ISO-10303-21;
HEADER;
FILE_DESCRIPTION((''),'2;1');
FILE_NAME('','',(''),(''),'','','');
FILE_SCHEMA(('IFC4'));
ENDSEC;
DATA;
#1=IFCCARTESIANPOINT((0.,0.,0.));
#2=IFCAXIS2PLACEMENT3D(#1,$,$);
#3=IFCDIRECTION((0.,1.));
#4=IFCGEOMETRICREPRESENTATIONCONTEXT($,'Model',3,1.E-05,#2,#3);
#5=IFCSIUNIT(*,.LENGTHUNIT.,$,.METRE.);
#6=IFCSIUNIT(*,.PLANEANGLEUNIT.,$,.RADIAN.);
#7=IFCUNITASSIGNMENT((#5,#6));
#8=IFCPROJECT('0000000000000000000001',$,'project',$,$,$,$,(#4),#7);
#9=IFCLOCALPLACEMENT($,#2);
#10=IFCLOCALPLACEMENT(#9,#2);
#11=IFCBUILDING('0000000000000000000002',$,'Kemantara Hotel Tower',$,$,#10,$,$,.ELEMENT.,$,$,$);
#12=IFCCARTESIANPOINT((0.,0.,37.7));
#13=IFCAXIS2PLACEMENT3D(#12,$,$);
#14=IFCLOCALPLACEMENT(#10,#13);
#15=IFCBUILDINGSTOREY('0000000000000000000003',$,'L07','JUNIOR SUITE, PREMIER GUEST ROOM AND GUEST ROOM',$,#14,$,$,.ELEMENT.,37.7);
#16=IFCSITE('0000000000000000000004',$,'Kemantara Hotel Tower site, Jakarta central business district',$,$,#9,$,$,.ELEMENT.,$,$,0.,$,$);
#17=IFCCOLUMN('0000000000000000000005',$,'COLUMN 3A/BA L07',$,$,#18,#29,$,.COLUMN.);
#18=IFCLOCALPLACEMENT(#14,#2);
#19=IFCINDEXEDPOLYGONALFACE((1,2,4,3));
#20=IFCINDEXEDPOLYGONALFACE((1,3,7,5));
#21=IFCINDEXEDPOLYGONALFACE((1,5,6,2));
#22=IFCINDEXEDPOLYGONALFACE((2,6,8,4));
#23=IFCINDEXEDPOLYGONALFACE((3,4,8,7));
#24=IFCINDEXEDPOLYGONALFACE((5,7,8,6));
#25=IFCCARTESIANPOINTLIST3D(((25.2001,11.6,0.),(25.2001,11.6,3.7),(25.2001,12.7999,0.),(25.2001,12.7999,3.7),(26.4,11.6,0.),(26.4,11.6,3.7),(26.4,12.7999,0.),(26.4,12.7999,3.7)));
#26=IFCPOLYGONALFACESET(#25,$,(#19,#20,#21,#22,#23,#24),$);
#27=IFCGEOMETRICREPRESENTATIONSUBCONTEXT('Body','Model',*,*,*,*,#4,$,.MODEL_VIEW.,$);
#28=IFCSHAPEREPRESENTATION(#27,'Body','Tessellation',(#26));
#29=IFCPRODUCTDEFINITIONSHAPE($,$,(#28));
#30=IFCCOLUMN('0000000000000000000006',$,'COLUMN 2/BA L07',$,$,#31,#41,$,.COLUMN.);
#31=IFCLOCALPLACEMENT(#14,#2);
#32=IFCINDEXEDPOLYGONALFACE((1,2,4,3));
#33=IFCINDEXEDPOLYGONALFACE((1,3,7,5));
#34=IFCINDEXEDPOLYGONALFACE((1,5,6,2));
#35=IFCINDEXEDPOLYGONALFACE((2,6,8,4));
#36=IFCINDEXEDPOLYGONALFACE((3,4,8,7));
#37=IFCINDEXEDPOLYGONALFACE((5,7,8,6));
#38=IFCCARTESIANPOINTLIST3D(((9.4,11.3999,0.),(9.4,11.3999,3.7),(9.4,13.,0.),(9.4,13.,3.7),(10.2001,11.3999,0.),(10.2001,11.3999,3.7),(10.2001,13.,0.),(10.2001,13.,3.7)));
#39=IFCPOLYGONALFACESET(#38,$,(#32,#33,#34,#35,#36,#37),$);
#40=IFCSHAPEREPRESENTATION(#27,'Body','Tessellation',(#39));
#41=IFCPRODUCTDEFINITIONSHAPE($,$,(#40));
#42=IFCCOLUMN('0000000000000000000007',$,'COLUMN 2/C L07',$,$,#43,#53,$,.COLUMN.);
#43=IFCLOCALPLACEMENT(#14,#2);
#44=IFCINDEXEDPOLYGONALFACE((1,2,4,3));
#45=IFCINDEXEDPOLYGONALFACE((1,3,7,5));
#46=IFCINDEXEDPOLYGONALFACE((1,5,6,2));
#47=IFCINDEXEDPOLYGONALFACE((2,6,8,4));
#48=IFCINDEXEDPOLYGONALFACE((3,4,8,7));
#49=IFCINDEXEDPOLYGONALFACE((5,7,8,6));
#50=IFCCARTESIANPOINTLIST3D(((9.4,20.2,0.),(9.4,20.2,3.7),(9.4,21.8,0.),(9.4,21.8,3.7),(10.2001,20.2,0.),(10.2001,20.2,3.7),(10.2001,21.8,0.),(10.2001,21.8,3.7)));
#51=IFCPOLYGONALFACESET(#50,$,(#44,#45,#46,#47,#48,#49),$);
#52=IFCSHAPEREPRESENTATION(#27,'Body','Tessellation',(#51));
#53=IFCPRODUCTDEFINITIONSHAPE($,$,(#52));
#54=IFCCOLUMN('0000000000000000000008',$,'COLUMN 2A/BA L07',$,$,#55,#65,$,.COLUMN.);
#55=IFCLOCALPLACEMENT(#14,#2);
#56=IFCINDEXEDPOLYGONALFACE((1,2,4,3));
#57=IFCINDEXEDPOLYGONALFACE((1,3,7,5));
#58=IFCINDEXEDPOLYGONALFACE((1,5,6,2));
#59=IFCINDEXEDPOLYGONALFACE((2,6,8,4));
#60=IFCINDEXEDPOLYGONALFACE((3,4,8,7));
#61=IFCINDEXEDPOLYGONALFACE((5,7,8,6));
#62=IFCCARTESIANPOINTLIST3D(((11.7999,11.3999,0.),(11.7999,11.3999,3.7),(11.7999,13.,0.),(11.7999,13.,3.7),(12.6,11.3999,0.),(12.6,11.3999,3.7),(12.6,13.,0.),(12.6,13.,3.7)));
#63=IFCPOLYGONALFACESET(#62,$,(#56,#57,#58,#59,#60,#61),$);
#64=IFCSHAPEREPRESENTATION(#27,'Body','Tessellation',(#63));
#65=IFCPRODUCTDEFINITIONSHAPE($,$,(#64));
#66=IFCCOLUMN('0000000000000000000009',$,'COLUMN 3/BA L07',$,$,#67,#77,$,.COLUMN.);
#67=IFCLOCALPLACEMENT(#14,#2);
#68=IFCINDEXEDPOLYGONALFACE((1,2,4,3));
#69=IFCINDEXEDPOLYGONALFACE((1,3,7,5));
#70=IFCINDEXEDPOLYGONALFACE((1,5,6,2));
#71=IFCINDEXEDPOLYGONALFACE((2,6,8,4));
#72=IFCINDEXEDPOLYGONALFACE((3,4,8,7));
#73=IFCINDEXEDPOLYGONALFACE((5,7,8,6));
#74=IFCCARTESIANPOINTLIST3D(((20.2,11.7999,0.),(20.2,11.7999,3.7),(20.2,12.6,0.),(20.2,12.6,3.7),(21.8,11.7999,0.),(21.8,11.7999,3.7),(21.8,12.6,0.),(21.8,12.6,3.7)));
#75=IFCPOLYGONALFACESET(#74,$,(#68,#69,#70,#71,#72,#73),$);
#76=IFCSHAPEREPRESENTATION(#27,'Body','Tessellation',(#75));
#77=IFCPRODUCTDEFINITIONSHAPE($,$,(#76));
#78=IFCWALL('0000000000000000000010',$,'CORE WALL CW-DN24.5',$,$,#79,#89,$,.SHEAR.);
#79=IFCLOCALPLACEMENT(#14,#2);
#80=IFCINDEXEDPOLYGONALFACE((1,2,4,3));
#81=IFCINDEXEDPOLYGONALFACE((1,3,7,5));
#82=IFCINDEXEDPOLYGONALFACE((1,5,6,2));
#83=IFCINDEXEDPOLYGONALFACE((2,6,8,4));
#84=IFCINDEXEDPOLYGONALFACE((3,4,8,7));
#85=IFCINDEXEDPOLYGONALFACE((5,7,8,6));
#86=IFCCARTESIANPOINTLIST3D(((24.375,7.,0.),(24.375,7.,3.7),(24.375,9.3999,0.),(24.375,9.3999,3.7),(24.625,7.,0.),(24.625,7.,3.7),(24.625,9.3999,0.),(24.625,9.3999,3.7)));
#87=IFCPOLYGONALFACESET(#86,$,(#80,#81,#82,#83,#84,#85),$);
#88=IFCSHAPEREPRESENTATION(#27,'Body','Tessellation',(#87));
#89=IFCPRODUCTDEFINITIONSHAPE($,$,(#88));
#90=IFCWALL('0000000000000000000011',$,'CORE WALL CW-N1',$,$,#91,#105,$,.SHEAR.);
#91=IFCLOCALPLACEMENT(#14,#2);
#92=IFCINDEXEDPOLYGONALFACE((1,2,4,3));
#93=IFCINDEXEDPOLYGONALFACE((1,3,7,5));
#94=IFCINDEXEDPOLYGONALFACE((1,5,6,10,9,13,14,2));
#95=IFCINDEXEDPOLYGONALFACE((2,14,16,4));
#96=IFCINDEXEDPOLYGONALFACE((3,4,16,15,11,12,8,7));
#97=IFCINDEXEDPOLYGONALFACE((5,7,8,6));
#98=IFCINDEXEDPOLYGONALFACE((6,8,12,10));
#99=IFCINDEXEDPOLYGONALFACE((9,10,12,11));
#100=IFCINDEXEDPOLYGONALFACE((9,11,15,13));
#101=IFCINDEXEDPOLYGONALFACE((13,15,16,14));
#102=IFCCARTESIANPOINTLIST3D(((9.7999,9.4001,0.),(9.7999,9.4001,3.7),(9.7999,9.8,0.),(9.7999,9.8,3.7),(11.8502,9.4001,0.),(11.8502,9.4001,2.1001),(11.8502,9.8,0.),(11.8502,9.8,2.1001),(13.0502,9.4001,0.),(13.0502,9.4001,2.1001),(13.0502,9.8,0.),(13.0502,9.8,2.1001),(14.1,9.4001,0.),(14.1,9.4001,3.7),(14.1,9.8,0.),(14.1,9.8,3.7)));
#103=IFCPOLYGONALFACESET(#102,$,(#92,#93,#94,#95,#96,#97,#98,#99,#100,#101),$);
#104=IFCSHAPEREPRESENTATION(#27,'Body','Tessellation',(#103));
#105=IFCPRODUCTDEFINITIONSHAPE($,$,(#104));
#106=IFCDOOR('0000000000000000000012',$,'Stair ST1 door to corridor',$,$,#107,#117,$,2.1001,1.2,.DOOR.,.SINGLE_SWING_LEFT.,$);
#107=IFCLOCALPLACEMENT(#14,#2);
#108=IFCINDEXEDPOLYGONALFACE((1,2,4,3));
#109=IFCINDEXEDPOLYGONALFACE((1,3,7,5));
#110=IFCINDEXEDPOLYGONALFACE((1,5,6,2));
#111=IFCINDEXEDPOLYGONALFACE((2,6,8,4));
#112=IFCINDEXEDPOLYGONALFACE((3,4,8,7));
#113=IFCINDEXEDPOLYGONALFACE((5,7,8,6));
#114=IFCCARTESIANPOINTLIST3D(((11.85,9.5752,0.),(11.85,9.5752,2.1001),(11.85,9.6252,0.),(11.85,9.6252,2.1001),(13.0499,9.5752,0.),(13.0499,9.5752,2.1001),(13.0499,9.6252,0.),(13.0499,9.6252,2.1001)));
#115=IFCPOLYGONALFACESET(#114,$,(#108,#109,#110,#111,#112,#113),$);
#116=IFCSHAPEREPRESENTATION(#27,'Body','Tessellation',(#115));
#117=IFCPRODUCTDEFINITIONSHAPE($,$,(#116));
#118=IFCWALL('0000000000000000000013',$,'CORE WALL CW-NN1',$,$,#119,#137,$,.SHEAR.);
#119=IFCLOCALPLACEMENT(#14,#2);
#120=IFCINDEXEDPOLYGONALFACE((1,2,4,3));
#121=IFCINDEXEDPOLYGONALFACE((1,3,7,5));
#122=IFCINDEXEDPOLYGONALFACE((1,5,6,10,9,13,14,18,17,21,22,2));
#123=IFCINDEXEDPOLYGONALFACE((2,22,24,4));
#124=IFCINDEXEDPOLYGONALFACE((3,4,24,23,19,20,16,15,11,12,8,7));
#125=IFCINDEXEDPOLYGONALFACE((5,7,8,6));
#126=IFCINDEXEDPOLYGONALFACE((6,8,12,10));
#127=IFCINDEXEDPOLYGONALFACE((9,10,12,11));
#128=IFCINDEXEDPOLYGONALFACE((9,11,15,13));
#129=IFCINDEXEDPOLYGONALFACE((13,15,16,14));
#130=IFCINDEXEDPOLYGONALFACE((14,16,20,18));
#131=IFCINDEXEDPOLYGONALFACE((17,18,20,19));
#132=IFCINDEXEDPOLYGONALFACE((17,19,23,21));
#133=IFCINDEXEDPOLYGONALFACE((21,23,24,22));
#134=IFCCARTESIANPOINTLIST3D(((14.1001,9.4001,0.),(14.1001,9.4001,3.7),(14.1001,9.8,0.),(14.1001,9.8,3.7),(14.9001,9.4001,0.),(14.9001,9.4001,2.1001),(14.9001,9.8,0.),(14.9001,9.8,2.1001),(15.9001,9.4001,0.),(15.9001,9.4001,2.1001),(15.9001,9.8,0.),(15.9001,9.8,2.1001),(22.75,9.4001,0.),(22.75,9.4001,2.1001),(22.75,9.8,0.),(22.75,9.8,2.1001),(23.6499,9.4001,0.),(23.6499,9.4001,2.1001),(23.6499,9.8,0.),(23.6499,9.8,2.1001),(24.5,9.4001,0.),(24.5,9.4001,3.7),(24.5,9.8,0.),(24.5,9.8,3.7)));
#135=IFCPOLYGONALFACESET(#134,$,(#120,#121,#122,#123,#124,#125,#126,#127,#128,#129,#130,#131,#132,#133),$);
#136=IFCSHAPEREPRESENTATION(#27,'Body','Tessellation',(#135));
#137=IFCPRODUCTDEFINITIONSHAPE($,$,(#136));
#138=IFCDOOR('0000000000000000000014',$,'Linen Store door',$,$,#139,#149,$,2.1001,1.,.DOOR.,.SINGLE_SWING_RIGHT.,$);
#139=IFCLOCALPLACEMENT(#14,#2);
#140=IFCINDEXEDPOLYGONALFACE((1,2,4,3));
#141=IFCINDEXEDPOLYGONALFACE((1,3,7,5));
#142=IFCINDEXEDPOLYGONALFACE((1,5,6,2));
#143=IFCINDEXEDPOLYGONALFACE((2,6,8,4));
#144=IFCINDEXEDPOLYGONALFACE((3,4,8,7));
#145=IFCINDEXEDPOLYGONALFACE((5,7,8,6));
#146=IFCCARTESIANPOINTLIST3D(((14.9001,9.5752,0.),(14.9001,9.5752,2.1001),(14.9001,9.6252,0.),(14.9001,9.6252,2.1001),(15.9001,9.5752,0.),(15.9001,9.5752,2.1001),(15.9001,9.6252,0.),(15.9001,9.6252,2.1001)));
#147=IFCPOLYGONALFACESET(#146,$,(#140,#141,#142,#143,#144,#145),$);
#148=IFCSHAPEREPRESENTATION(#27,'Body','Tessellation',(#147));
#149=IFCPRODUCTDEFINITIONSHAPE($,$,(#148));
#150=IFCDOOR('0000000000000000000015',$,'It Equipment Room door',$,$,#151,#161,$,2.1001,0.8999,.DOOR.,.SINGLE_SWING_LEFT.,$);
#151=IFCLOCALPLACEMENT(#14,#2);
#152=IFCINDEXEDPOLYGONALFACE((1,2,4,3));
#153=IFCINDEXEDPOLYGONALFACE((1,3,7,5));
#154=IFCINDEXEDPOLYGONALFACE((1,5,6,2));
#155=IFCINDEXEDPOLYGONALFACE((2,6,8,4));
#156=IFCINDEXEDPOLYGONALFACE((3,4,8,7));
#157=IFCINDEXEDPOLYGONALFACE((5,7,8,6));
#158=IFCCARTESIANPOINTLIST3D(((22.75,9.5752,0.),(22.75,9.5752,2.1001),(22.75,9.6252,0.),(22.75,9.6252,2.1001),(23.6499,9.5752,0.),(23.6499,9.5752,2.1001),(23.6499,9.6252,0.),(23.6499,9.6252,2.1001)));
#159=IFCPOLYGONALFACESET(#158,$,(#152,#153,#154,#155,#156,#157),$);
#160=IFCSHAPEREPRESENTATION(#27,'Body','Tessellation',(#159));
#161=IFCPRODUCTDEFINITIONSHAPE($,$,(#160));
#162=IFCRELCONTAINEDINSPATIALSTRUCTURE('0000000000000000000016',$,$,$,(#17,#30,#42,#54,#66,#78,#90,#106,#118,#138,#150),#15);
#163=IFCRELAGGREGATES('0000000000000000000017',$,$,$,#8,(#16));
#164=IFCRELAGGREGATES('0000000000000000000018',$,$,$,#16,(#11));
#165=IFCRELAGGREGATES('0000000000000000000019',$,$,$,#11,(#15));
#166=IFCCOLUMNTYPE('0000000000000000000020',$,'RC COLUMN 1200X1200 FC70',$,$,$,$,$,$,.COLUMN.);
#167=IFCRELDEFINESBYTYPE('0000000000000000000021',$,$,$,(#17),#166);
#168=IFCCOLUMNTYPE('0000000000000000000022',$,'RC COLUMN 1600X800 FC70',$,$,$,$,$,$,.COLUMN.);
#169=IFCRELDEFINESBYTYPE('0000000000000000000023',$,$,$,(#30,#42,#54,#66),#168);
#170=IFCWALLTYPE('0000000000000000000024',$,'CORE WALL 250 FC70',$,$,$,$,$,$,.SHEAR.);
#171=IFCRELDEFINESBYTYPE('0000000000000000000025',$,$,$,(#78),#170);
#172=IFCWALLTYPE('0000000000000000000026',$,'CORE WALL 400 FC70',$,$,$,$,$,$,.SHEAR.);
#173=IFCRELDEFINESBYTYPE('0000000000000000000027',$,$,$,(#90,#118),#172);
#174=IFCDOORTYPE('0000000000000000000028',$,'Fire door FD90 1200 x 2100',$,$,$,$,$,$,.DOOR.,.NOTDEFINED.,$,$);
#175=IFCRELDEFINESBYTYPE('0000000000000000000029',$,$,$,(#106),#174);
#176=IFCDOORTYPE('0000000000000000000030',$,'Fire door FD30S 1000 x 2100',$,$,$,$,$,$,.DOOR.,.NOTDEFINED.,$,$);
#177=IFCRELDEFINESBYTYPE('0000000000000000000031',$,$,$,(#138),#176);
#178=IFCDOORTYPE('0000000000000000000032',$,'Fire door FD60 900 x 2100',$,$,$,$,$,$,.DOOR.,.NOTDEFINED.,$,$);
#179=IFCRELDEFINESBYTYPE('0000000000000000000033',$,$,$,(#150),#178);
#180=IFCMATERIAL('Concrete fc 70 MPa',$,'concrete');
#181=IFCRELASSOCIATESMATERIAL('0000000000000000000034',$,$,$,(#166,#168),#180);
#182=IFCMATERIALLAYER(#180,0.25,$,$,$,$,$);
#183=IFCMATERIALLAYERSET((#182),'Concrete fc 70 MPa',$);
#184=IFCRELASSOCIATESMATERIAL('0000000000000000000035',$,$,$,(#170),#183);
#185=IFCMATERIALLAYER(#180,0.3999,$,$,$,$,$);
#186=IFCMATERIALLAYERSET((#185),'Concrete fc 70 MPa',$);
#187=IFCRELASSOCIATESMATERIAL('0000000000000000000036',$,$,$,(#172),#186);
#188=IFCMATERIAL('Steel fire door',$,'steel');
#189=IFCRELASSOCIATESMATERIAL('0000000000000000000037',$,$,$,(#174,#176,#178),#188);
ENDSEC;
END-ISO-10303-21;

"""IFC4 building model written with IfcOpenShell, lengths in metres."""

from ifc_helpers import new_model, si_unit, direction, frame, frame_2d, origin, origin_2d, place, context, subcontext, project, spatial, rectangle, extrude, material, layer, layer_set, material_profile, profile_set, type_object, element, fill, save


model = new_model("IFC4")

# Units and contexts
model_context = context("Model", 3, precision=1e-05, world=origin(), true_north=direction((0.0, 1.0)))
body_context = subcontext(model_context, "Body", "Model", "MODEL_VIEW")
ifc_project = project(units=[si_unit("LENGTHUNIT", "METRE"), si_unit("PLANEANGLEUNIT", "RADIAN")], contexts=[model_context])

# Site, building, storey
site_placement = place(None, origin())
site = spatial("IfcSite", under=ifc_project, at=site_placement, Name="Kemantara Hotel Tower site, Jakarta central business district", CompositionType="ELEMENT", RefElevation=0.0)
building_placement = place(site_placement, origin())
building = spatial("IfcBuilding", under=site, at=building_placement, Name="Kemantara Hotel Tower", CompositionType="ELEMENT")
storey_placement = place(building_placement, frame((0.0, 0.0, 37.7)))
storey = spatial("IfcBuildingStorey", under=building, at=storey_placement, Name="L07", Description="JUNIOR SUITE, PREMIER GUEST ROOM AND GUEST ROOM", CompositionType="ELEMENT", Elevation=37.7)

# Columns
ifc_material_1 = material(Name="Concrete fc 70 MPa", Category="concrete")
ifc_material_profile_1 = material_profile(ifc_material_1, rectangle(XDim=1.2, YDim=1.2, at=origin_2d()), Name="RC 1200X1200")
ifc_profile_set_1 = profile_set([ifc_material_profile_1], Name="Concrete fc 70 MPa")
column_type_1 = type_object("IfcColumnType", Name="RC COLUMN 1200X1200 FC70", PredefinedType="COLUMN", material=ifc_profile_set_1)
column_placement = place(storey_placement, frame((25.8, 12.2, 0.0), z_axis=(0.0, 0.0, 1.0), x_axis=(1.0, 0.0, 0.0)))
element("IfcColumn", 1, at=column_placement, inside=storey, type_object=column_type_1, Name="COLUMN 3A/BA L07", PredefinedType="COLUMN", context=body_context, shape_type="SweptSolid", body=[
    extrude(rectangle(XDim=1.2, YDim=1.2, at=origin_2d()), origin(), (0.0, 0.0, 1.0), 3.7),
])
ifc_material_profile_2 = material_profile(ifc_material_1, rectangle(XDim=1.6001, YDim=0.8, at=origin_2d()), Name="RC 1600X800")
ifc_profile_set_2 = profile_set([ifc_material_profile_2], Name="Concrete fc 70 MPa")
column_type_2 = type_object("IfcColumnType", Name="RC COLUMN 1600X800 FC70", PredefinedType="COLUMN", material=ifc_profile_set_2)
for number, where, z_axis, x_axis, name in (
    (2, (9.8, 12.2, 0.0), (0.0, 0.0, 1.0), (0.0, 1.0, 0.0), "COLUMN 2/BA L07"),
    (3, (9.8, 21.0, 0.0), (0.0, 0.0, 1.0), (0.0, 1.0, 0.0), "COLUMN 2/C L07"),
    (4, (12.2, 12.2, 0.0), (0.0, 0.0, 1.0), (0.0, 1.0, 0.0), "COLUMN 2A/BA L07"),
    (5, (21.0, 12.2, 0.0), (0.0, 0.0, 1.0), (1.0, 0.0, 0.0), "COLUMN 3/BA L07"),
):
    element("IfcColumn", number, at=place(storey_placement, frame(where, z_axis=z_axis, x_axis=x_axis)), inside=storey, type_object=column_type_2, Name=name, PredefinedType="COLUMN", context=body_context, shape_type="SweptSolid", body=[
        extrude(rectangle(XDim=1.6001, YDim=0.8, at=origin_2d()), origin(), (0.0, 0.0, 1.0), 3.7),
    ])

# Wall
ifc_layer_1 = layer(ifc_material_1, 0.25)
ifc_layer_set_1 = layer_set([ifc_layer_1], Name="Concrete fc 70 MPa")
wall_type_1 = type_object("IfcWallType", Name="CORE WALL 250 FC70", PredefinedType="SHEAR", material=ifc_layer_set_1)
wall_1_placement = place(storey_placement, frame((24.5, 7.0, 0.0), z_axis=(0.0, 0.0, 1.0), x_axis=(0.0, 1.0, 0.0)))
element("IfcWall", 6, at=wall_1_placement, inside=storey, type_object=wall_type_1, Name="CORE WALL CW-DN24.5", PredefinedType="SHEAR", context=body_context, shape_type="SweptSolid", body=[
    extrude(rectangle(XDim=2.3999, YDim=0.25, at=frame_2d((1.2, 0.0))), origin(), (0.0, 0.0, 1.0), 3.7),
])

# Wall, opening, door
ifc_layer_2 = layer(ifc_material_1, 0.3999)
ifc_layer_set_2 = layer_set([ifc_layer_2], Name="Concrete fc 70 MPa")
wall_type_2 = type_object("IfcWallType", Name="CORE WALL 400 FC70", PredefinedType="SHEAR", material=ifc_layer_set_2)
wall_2_placement = place(storey_placement, frame((9.8, 9.6001, 0.0), z_axis=(0.0, 0.0, 1.0), x_axis=(1.0, 0.0, 0.0)))
wall_2 = element("IfcWall", 7, at=wall_2_placement, inside=storey, type_object=wall_type_2, Name="CORE WALL CW-N1", PredefinedType="SHEAR", context=body_context, shape_type="SweptSolid", body=[
    extrude(rectangle(XDim=4.3, YDim=0.3999, at=frame_2d((2.1499, 0.0))), origin(), (0.0, 0.0, 1.0), 3.7),
])
opening_1_placement = place(wall_2_placement, frame((2.05, 0.0, 0.0)))
opening_1 = element("IfcOpeningElement", 8, at=opening_1_placement, cuts=wall_2, PredefinedType="OPENING", context=body_context, shape_type="SweptSolid", body=[
    extrude(rectangle(XDim=1.2, YDim=2.1001, at=frame_2d((0.6001, 1.05))), frame((0.0, 0.21, 0.0), z_axis=(0.0, -1.0, 0.0), x_axis=(1.0, 0.0, 0.0)), (0.0, 0.0, 1.0), 0.4199),
])
ifc_material_2 = material(Name="Steel fire door", Category="steel")
door_type_1 = type_object("IfcDoorType", Name="Fire door FD90 1200 x 2100", OperationType="NOTDEFINED", PredefinedType="DOOR", material=ifc_material_2)
door_1_placement = place(opening_1_placement, frame((1.2, 0.0, 0.0), z_axis=(0.0, 0.0, 1.0), x_axis=(-1.0, 0.0, 0.0)))
door_1 = element("IfcDoor", 9, at=door_1_placement, inside=storey, type_object=door_type_1, Name="Stair ST1 door to corridor", OperationType="SINGLE_SWING_LEFT", OverallHeight=2.1001, OverallWidth=1.2, PredefinedType="DOOR", context=body_context, shape_type="SweptSolid", body=[
    extrude(rectangle(XDim=1.2, YDim=2.1001, at=frame_2d((0.6001, 1.05))), frame((0.0, 0.0249, 0.0), z_axis=(0.0, -1.0, 0.0), x_axis=(1.0, 0.0, 0.0)), (0.0, 0.0, 1.0), 0.05),
])
fill(opening_1, door_1)

# Wall, openings, doors
wall_3_placement = place(storey_placement, frame((14.1001, 9.6001, 0.0), z_axis=(0.0, 0.0, 1.0), x_axis=(1.0, 0.0, 0.0)))
wall_3 = element("IfcWall", 10, at=wall_3_placement, inside=storey, type_object=wall_type_2, Name="CORE WALL CW-NN1", PredefinedType="SHEAR", context=body_context, shape_type="SweptSolid", body=[
    extrude(rectangle(XDim=10.3999, YDim=0.3999, at=frame_2d((5.2, 0.0))), origin(), (0.0, 0.0, 1.0), 3.7),
])
opening_2_placement = place(wall_3_placement, frame((0.8, 0.0, 0.0)))
opening_2 = element("IfcOpeningElement", 11, at=opening_2_placement, cuts=wall_3, PredefinedType="OPENING", context=body_context, shape_type="SweptSolid", body=[
    extrude(rectangle(XDim=1.0, YDim=2.1001, at=frame_2d((0.5, 1.05))), frame((0.0, 0.21, 0.0), z_axis=(0.0, -1.0, 0.0), x_axis=(1.0, 0.0, 0.0)), (0.0, 0.0, 1.0), 0.4199),
])
opening_3_placement = place(wall_3_placement, frame((8.6499, 0.0, 0.0)))
opening_3 = element("IfcOpeningElement", 12, at=opening_3_placement, cuts=wall_3, PredefinedType="OPENING", context=body_context, shape_type="SweptSolid", body=[
    extrude(rectangle(XDim=0.8999, YDim=2.1001, at=frame_2d((0.45, 1.05))), frame((0.0, 0.21, 0.0), z_axis=(0.0, -1.0, 0.0), x_axis=(1.0, 0.0, 0.0)), (0.0, 0.0, 1.0), 0.4199),
])
door_type_2 = type_object("IfcDoorType", Name="Fire door FD30S 1000 x 2100", OperationType="NOTDEFINED", PredefinedType="DOOR", material=ifc_material_2)
door_2_placement = place(opening_2_placement, frame((1.0, 0.0, 0.0), z_axis=(0.0, 0.0, 1.0), x_axis=(-1.0, 0.0, 0.0)))
door_2 = element("IfcDoor", 13, at=door_2_placement, inside=storey, type_object=door_type_2, Name="Linen Store door", OperationType="SINGLE_SWING_RIGHT", OverallHeight=2.1001, OverallWidth=1.0, PredefinedType="DOOR", context=body_context, shape_type="SweptSolid", body=[
    extrude(rectangle(XDim=1.0, YDim=2.1001, at=frame_2d((0.5, 1.05))), frame((0.0, 0.0249, 0.0), z_axis=(0.0, -1.0, 0.0), x_axis=(1.0, 0.0, 0.0)), (0.0, 0.0, 1.0), 0.05),
])
fill(opening_2, door_2)
door_type_3 = type_object("IfcDoorType", Name="Fire door FD60 900 x 2100", OperationType="NOTDEFINED", PredefinedType="DOOR", material=ifc_material_2)
door_3_placement = place(opening_3_placement, frame((0.8999, 0.0, 0.0), z_axis=(0.0, 0.0, 1.0), x_axis=(-1.0, 0.0, 0.0)))
door_3 = element("IfcDoor", 14, at=door_3_placement, inside=storey, type_object=door_type_3, Name="It Equipment Room door", OperationType="SINGLE_SWING_LEFT", OverallHeight=2.1001, OverallWidth=0.8999, PredefinedType="DOOR", context=body_context, shape_type="SweptSolid", body=[
    extrude(rectangle(XDim=0.8999, YDim=2.1001, at=frame_2d((0.45, 1.05))), frame((0.0, 0.0249, 0.0), z_axis=(0.0, -1.0, 0.0), x_axis=(1.0, 0.0, 0.0)), (0.0, 0.0, 1.0), 0.05),
])
fill(opening_3, door_3)

save(model, "model.ifc")
